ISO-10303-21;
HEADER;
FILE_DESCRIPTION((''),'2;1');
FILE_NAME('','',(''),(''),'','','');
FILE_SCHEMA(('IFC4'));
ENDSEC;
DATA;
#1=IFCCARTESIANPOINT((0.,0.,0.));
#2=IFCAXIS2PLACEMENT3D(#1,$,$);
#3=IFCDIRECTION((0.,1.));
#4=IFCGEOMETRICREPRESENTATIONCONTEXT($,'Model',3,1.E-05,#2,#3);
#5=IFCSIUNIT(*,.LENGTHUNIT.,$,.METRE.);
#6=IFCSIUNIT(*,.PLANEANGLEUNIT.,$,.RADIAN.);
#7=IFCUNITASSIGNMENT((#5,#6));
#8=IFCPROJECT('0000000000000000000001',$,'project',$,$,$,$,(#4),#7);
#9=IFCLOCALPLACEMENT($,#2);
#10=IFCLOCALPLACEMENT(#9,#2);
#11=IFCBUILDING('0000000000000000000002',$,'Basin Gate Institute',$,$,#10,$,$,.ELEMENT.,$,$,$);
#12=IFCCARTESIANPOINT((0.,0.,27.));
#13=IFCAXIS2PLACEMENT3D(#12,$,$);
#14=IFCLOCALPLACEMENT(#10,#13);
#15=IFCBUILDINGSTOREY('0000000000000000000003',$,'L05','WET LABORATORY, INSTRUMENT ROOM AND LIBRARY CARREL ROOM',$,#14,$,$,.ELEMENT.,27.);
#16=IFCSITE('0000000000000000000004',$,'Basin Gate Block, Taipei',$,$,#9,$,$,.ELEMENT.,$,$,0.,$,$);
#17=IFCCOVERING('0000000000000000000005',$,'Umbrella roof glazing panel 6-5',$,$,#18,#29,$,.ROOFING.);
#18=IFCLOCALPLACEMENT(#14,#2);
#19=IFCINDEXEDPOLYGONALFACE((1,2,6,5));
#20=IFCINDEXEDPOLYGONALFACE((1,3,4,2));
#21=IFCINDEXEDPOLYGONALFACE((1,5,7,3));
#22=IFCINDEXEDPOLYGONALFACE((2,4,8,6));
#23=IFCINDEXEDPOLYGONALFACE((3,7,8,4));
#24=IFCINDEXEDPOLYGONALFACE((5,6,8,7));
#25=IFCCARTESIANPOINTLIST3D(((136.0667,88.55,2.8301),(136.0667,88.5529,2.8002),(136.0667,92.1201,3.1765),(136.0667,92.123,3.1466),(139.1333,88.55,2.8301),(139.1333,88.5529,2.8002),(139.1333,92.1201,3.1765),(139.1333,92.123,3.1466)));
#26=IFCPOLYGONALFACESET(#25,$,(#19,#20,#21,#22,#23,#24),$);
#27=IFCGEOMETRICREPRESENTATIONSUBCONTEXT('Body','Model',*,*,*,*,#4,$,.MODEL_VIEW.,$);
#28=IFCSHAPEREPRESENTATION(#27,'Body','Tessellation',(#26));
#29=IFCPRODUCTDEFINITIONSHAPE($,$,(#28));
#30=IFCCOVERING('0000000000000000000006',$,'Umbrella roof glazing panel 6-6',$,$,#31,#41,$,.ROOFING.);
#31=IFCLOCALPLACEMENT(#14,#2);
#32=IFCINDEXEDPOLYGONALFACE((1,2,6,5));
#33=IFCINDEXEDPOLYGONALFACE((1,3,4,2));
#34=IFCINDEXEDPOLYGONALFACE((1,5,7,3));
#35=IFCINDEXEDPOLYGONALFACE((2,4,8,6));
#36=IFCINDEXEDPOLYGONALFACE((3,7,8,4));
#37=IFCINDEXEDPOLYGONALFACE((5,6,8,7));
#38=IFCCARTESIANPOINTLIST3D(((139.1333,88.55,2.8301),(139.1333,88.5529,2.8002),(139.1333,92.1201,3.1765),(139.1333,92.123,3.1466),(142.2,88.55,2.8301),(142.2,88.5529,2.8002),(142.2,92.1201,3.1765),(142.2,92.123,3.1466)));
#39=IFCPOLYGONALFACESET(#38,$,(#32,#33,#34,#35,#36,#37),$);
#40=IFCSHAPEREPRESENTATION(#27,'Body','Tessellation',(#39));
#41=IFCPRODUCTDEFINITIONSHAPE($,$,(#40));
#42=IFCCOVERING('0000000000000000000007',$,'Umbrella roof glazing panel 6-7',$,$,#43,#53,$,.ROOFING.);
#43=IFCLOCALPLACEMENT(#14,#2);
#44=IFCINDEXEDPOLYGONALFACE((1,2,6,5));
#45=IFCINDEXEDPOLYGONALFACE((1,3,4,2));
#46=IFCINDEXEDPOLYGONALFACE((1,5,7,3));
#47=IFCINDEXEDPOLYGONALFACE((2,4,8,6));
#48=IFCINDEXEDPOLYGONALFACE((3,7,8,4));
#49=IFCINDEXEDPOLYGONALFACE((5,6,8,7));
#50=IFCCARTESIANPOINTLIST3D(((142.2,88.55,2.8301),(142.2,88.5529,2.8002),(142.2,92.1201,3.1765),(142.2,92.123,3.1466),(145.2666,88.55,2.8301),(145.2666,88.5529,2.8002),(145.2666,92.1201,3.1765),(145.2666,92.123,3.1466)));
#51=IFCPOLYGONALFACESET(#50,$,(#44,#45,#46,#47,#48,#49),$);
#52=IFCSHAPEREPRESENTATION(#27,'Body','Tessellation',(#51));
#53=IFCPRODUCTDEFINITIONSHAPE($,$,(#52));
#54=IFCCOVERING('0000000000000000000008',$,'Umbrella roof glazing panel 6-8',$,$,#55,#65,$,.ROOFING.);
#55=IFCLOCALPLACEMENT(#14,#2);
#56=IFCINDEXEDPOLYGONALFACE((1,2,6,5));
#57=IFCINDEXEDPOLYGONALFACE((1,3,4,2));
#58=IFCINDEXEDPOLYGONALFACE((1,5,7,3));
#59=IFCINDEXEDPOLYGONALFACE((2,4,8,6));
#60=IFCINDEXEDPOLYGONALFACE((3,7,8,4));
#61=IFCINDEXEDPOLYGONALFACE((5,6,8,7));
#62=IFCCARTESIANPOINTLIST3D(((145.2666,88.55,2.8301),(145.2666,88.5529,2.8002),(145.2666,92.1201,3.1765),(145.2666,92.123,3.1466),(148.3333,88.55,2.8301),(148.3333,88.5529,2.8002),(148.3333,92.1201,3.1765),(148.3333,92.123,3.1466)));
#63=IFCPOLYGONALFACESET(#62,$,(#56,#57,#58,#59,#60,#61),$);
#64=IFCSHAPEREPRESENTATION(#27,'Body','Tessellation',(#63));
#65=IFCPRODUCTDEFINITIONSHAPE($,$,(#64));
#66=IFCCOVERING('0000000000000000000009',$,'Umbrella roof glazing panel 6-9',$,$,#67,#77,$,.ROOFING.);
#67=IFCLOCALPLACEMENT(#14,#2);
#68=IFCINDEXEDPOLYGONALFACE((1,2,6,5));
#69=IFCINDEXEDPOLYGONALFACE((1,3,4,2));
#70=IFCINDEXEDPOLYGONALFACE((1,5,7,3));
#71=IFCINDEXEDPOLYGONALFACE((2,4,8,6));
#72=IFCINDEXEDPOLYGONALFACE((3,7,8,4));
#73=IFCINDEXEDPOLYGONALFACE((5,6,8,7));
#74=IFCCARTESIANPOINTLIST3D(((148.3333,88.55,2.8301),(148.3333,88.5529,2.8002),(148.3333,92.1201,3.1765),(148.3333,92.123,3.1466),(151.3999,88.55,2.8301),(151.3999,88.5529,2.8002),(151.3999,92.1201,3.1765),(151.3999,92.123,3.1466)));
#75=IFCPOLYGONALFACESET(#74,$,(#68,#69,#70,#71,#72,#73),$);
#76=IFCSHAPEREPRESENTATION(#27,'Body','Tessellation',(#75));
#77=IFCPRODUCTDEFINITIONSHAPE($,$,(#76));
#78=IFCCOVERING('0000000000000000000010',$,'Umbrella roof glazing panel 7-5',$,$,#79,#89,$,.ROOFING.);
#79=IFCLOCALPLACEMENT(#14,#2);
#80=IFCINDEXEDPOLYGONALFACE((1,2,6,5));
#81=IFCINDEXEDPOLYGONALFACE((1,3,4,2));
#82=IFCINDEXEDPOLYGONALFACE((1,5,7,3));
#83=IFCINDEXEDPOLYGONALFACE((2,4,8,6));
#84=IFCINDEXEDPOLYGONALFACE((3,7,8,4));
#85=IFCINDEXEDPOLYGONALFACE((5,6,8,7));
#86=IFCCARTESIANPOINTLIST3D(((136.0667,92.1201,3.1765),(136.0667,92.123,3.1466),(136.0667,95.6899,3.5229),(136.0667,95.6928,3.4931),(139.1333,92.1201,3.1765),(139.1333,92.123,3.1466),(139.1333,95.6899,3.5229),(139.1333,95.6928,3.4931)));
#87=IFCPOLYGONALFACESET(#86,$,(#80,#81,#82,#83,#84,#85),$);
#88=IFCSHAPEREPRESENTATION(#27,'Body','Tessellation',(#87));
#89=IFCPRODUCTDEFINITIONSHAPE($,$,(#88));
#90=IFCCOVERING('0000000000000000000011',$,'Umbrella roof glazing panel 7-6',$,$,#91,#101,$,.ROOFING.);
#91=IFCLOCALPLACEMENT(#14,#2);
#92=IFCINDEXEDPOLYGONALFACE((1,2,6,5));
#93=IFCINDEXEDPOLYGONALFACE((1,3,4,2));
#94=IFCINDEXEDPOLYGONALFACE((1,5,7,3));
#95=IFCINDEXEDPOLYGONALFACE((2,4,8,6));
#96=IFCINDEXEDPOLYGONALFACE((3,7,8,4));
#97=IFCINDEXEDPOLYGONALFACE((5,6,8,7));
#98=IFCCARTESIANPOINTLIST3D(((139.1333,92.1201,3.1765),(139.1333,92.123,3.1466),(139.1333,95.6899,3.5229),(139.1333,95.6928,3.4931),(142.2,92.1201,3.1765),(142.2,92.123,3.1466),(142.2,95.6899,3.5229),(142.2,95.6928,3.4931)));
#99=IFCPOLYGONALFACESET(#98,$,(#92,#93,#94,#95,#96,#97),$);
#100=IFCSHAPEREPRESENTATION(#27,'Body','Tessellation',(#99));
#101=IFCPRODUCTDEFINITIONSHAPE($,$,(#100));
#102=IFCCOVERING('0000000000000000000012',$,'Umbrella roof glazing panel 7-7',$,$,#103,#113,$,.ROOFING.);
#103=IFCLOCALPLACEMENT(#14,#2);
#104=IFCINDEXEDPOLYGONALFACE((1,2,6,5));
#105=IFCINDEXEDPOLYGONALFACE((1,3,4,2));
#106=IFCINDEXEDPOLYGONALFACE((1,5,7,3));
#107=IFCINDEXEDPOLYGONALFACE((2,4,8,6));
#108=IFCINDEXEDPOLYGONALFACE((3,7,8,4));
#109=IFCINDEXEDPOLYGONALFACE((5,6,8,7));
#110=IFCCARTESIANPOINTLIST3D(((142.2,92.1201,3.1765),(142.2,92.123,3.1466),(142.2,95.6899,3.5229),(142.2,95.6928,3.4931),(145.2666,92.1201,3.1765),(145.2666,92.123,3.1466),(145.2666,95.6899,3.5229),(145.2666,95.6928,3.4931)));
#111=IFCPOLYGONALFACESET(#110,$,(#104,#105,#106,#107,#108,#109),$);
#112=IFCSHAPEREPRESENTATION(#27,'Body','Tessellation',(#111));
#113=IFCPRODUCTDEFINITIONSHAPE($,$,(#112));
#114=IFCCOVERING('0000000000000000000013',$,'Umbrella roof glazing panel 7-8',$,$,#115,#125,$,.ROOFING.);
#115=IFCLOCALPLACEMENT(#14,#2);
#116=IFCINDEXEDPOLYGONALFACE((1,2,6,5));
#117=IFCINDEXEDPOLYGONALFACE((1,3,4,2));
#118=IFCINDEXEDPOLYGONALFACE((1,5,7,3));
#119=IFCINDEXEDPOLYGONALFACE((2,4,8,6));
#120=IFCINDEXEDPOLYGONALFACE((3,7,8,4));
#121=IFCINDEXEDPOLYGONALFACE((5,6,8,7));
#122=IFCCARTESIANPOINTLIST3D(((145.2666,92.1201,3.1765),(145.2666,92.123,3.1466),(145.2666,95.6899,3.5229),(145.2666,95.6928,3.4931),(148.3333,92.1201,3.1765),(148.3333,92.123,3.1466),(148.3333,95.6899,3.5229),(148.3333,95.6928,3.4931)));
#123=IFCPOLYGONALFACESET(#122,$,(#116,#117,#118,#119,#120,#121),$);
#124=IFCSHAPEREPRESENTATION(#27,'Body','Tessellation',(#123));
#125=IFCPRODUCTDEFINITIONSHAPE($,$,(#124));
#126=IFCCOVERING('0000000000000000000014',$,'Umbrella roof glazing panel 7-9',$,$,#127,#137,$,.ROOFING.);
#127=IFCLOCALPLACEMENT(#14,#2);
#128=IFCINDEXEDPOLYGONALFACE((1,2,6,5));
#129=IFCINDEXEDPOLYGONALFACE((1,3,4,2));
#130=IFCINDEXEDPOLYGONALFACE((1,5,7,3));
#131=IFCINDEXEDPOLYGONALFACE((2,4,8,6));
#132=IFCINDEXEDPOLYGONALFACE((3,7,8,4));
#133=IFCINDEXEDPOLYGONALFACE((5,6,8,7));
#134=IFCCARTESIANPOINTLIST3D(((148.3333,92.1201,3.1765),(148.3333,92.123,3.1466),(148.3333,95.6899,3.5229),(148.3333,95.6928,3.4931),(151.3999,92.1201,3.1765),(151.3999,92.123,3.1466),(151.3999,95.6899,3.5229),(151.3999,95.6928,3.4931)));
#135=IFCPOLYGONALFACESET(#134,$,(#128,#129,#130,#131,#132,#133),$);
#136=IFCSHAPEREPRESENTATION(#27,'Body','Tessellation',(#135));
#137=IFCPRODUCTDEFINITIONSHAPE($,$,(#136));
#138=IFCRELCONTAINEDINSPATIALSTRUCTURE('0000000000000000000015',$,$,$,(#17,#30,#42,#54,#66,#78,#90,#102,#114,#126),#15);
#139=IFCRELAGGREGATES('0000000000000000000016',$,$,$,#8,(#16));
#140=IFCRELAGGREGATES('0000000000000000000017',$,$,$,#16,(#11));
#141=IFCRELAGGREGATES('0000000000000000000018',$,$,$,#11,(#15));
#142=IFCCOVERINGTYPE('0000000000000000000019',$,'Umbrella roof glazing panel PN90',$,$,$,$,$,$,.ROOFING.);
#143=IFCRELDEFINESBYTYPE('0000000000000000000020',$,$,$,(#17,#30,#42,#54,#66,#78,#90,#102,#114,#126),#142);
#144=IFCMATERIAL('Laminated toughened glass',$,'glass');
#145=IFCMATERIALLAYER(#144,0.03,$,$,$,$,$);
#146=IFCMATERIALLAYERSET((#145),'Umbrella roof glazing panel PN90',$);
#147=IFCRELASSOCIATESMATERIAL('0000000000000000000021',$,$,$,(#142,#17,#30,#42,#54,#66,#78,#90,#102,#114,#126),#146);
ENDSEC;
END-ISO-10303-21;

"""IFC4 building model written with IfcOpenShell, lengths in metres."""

from ifc_helpers import new_model, si_unit, direction, frame, origin, place, context, subcontext, project, spatial, polyline, outline, extrude, material, layer, layer_set, type_object, element, save


model = new_model("IFC4")

# Units and contexts
model_context = context("Model", 3, precision=1e-05, world=origin(), true_north=direction((0.0, 1.0)))
body_context = subcontext(model_context, "Body", "Model", "MODEL_VIEW")
ifc_project = project(units=[si_unit("LENGTHUNIT", "METRE"), si_unit("PLANEANGLEUNIT", "RADIAN")], contexts=[model_context])

# Site, building, storey
site_placement = place(None, origin())
site = spatial("IfcSite", under=ifc_project, at=site_placement, Name="Basin Gate Block, Taipei", CompositionType="ELEMENT", RefElevation=0.0)
building_placement = place(site_placement, origin())
building = spatial("IfcBuilding", under=site, at=building_placement, Name="Basin Gate Institute", CompositionType="ELEMENT")
storey_placement = place(building_placement, frame((0.0, 0.0, 27.0)))
storey = spatial("IfcBuildingStorey", under=building, at=storey_placement, Name="L05", Description="WET LABORATORY, INSTRUMENT ROOM AND LIBRARY CARREL ROOM", CompositionType="ELEMENT", Elevation=27.0)

# Coverings
ifc_material_1 = material(Name="Laminated toughened glass", Category="glass")
ifc_layer = layer(ifc_material_1, 0.03)
ifc_layer_set = layer_set([ifc_layer], Name="Umbrella roof glazing panel PN90")
covering_type = type_object("IfcCoveringType", Name="Umbrella roof glazing panel PN90", PredefinedType="ROOFING", material=ifc_layer_set)
for number, where, z_axis, x_axis, name in (
    (1, (136.0667, 88.55, 2.8301), (0.0, -0.096585, 0.995325), (1.0, 0.0, 0.0), "Umbrella roof glazing panel 6-5"),
    (2, (139.1333, 88.55, 2.8301), (0.0, -0.096585, 0.995325), (1.0, 0.0, 0.0), "Umbrella roof glazing panel 6-6"),
    (3, (142.2, 88.55, 2.8301), (0.0, -0.096585, 0.995325), (1.0, 0.0, 0.0), "Umbrella roof glazing panel 6-7"),
    (4, (145.2666, 88.55, 2.8301), (0.0, -0.096585, 0.995325), (1.0, 0.0, 0.0), "Umbrella roof glazing panel 6-8"),
    (5, (148.3333, 88.55, 2.8301), (0.0, -0.096585, 0.995325), (1.0, 0.0, 0.0), "Umbrella roof glazing panel 6-9"),
):
    element("IfcCovering", number, at=place(storey_placement, frame(where, z_axis=z_axis, x_axis=x_axis)), inside=storey, type_object=covering_type, material=ifc_layer_set, Name=name, PredefinedType="ROOFING", context=body_context, shape_type="SweptSolid", body=[
        extrude(outline(polyline([(0.0, 0.0), (3.0667, 0.0), (3.0667, 3.5868), (0.0, 3.5868), (0.0, 0.0)])), origin(), (0.0, 0.0, -1.0), 0.03),
    ])
for number, where, z_axis, x_axis, name in (
    (6, (136.0667, 92.1201, 3.1765), (0.0, -0.096592, 0.995324), (1.0, 0.0, 0.0), "Umbrella roof glazing panel 7-5"),
    (7, (139.1333, 92.1201, 3.1765), (0.0, -0.096592, 0.995324), (1.0, 0.0, 0.0), "Umbrella roof glazing panel 7-6"),
    (8, (142.2, 92.1201, 3.1765), (0.0, -0.096592, 0.995324), (1.0, 0.0, 0.0), "Umbrella roof glazing panel 7-7"),
    (9, (145.2666, 92.1201, 3.1765), (0.0, -0.096592, 0.995324), (1.0, 0.0, 0.0), "Umbrella roof glazing panel 7-8"),
    (10, (148.3333, 92.1201, 3.1765), (0.0, -0.096592, 0.995324), (1.0, 0.0, 0.0), "Umbrella roof glazing panel 7-9"),
):
    element("IfcCovering", number, at=place(storey_placement, frame(where, z_axis=z_axis, x_axis=x_axis)), inside=storey, type_object=covering_type, material=ifc_layer_set, Name=name, PredefinedType="ROOFING", context=body_context, shape_type="SweptSolid", body=[
        extrude(outline(polyline([(0.0, 0.0), (3.0667, 0.0), (3.0667, 3.5866), (0.0, 3.5866), (0.0, 0.0)])), origin(), (0.0, 0.0, -1.0), 0.03),
    ])

save(model, "model.ifc")
